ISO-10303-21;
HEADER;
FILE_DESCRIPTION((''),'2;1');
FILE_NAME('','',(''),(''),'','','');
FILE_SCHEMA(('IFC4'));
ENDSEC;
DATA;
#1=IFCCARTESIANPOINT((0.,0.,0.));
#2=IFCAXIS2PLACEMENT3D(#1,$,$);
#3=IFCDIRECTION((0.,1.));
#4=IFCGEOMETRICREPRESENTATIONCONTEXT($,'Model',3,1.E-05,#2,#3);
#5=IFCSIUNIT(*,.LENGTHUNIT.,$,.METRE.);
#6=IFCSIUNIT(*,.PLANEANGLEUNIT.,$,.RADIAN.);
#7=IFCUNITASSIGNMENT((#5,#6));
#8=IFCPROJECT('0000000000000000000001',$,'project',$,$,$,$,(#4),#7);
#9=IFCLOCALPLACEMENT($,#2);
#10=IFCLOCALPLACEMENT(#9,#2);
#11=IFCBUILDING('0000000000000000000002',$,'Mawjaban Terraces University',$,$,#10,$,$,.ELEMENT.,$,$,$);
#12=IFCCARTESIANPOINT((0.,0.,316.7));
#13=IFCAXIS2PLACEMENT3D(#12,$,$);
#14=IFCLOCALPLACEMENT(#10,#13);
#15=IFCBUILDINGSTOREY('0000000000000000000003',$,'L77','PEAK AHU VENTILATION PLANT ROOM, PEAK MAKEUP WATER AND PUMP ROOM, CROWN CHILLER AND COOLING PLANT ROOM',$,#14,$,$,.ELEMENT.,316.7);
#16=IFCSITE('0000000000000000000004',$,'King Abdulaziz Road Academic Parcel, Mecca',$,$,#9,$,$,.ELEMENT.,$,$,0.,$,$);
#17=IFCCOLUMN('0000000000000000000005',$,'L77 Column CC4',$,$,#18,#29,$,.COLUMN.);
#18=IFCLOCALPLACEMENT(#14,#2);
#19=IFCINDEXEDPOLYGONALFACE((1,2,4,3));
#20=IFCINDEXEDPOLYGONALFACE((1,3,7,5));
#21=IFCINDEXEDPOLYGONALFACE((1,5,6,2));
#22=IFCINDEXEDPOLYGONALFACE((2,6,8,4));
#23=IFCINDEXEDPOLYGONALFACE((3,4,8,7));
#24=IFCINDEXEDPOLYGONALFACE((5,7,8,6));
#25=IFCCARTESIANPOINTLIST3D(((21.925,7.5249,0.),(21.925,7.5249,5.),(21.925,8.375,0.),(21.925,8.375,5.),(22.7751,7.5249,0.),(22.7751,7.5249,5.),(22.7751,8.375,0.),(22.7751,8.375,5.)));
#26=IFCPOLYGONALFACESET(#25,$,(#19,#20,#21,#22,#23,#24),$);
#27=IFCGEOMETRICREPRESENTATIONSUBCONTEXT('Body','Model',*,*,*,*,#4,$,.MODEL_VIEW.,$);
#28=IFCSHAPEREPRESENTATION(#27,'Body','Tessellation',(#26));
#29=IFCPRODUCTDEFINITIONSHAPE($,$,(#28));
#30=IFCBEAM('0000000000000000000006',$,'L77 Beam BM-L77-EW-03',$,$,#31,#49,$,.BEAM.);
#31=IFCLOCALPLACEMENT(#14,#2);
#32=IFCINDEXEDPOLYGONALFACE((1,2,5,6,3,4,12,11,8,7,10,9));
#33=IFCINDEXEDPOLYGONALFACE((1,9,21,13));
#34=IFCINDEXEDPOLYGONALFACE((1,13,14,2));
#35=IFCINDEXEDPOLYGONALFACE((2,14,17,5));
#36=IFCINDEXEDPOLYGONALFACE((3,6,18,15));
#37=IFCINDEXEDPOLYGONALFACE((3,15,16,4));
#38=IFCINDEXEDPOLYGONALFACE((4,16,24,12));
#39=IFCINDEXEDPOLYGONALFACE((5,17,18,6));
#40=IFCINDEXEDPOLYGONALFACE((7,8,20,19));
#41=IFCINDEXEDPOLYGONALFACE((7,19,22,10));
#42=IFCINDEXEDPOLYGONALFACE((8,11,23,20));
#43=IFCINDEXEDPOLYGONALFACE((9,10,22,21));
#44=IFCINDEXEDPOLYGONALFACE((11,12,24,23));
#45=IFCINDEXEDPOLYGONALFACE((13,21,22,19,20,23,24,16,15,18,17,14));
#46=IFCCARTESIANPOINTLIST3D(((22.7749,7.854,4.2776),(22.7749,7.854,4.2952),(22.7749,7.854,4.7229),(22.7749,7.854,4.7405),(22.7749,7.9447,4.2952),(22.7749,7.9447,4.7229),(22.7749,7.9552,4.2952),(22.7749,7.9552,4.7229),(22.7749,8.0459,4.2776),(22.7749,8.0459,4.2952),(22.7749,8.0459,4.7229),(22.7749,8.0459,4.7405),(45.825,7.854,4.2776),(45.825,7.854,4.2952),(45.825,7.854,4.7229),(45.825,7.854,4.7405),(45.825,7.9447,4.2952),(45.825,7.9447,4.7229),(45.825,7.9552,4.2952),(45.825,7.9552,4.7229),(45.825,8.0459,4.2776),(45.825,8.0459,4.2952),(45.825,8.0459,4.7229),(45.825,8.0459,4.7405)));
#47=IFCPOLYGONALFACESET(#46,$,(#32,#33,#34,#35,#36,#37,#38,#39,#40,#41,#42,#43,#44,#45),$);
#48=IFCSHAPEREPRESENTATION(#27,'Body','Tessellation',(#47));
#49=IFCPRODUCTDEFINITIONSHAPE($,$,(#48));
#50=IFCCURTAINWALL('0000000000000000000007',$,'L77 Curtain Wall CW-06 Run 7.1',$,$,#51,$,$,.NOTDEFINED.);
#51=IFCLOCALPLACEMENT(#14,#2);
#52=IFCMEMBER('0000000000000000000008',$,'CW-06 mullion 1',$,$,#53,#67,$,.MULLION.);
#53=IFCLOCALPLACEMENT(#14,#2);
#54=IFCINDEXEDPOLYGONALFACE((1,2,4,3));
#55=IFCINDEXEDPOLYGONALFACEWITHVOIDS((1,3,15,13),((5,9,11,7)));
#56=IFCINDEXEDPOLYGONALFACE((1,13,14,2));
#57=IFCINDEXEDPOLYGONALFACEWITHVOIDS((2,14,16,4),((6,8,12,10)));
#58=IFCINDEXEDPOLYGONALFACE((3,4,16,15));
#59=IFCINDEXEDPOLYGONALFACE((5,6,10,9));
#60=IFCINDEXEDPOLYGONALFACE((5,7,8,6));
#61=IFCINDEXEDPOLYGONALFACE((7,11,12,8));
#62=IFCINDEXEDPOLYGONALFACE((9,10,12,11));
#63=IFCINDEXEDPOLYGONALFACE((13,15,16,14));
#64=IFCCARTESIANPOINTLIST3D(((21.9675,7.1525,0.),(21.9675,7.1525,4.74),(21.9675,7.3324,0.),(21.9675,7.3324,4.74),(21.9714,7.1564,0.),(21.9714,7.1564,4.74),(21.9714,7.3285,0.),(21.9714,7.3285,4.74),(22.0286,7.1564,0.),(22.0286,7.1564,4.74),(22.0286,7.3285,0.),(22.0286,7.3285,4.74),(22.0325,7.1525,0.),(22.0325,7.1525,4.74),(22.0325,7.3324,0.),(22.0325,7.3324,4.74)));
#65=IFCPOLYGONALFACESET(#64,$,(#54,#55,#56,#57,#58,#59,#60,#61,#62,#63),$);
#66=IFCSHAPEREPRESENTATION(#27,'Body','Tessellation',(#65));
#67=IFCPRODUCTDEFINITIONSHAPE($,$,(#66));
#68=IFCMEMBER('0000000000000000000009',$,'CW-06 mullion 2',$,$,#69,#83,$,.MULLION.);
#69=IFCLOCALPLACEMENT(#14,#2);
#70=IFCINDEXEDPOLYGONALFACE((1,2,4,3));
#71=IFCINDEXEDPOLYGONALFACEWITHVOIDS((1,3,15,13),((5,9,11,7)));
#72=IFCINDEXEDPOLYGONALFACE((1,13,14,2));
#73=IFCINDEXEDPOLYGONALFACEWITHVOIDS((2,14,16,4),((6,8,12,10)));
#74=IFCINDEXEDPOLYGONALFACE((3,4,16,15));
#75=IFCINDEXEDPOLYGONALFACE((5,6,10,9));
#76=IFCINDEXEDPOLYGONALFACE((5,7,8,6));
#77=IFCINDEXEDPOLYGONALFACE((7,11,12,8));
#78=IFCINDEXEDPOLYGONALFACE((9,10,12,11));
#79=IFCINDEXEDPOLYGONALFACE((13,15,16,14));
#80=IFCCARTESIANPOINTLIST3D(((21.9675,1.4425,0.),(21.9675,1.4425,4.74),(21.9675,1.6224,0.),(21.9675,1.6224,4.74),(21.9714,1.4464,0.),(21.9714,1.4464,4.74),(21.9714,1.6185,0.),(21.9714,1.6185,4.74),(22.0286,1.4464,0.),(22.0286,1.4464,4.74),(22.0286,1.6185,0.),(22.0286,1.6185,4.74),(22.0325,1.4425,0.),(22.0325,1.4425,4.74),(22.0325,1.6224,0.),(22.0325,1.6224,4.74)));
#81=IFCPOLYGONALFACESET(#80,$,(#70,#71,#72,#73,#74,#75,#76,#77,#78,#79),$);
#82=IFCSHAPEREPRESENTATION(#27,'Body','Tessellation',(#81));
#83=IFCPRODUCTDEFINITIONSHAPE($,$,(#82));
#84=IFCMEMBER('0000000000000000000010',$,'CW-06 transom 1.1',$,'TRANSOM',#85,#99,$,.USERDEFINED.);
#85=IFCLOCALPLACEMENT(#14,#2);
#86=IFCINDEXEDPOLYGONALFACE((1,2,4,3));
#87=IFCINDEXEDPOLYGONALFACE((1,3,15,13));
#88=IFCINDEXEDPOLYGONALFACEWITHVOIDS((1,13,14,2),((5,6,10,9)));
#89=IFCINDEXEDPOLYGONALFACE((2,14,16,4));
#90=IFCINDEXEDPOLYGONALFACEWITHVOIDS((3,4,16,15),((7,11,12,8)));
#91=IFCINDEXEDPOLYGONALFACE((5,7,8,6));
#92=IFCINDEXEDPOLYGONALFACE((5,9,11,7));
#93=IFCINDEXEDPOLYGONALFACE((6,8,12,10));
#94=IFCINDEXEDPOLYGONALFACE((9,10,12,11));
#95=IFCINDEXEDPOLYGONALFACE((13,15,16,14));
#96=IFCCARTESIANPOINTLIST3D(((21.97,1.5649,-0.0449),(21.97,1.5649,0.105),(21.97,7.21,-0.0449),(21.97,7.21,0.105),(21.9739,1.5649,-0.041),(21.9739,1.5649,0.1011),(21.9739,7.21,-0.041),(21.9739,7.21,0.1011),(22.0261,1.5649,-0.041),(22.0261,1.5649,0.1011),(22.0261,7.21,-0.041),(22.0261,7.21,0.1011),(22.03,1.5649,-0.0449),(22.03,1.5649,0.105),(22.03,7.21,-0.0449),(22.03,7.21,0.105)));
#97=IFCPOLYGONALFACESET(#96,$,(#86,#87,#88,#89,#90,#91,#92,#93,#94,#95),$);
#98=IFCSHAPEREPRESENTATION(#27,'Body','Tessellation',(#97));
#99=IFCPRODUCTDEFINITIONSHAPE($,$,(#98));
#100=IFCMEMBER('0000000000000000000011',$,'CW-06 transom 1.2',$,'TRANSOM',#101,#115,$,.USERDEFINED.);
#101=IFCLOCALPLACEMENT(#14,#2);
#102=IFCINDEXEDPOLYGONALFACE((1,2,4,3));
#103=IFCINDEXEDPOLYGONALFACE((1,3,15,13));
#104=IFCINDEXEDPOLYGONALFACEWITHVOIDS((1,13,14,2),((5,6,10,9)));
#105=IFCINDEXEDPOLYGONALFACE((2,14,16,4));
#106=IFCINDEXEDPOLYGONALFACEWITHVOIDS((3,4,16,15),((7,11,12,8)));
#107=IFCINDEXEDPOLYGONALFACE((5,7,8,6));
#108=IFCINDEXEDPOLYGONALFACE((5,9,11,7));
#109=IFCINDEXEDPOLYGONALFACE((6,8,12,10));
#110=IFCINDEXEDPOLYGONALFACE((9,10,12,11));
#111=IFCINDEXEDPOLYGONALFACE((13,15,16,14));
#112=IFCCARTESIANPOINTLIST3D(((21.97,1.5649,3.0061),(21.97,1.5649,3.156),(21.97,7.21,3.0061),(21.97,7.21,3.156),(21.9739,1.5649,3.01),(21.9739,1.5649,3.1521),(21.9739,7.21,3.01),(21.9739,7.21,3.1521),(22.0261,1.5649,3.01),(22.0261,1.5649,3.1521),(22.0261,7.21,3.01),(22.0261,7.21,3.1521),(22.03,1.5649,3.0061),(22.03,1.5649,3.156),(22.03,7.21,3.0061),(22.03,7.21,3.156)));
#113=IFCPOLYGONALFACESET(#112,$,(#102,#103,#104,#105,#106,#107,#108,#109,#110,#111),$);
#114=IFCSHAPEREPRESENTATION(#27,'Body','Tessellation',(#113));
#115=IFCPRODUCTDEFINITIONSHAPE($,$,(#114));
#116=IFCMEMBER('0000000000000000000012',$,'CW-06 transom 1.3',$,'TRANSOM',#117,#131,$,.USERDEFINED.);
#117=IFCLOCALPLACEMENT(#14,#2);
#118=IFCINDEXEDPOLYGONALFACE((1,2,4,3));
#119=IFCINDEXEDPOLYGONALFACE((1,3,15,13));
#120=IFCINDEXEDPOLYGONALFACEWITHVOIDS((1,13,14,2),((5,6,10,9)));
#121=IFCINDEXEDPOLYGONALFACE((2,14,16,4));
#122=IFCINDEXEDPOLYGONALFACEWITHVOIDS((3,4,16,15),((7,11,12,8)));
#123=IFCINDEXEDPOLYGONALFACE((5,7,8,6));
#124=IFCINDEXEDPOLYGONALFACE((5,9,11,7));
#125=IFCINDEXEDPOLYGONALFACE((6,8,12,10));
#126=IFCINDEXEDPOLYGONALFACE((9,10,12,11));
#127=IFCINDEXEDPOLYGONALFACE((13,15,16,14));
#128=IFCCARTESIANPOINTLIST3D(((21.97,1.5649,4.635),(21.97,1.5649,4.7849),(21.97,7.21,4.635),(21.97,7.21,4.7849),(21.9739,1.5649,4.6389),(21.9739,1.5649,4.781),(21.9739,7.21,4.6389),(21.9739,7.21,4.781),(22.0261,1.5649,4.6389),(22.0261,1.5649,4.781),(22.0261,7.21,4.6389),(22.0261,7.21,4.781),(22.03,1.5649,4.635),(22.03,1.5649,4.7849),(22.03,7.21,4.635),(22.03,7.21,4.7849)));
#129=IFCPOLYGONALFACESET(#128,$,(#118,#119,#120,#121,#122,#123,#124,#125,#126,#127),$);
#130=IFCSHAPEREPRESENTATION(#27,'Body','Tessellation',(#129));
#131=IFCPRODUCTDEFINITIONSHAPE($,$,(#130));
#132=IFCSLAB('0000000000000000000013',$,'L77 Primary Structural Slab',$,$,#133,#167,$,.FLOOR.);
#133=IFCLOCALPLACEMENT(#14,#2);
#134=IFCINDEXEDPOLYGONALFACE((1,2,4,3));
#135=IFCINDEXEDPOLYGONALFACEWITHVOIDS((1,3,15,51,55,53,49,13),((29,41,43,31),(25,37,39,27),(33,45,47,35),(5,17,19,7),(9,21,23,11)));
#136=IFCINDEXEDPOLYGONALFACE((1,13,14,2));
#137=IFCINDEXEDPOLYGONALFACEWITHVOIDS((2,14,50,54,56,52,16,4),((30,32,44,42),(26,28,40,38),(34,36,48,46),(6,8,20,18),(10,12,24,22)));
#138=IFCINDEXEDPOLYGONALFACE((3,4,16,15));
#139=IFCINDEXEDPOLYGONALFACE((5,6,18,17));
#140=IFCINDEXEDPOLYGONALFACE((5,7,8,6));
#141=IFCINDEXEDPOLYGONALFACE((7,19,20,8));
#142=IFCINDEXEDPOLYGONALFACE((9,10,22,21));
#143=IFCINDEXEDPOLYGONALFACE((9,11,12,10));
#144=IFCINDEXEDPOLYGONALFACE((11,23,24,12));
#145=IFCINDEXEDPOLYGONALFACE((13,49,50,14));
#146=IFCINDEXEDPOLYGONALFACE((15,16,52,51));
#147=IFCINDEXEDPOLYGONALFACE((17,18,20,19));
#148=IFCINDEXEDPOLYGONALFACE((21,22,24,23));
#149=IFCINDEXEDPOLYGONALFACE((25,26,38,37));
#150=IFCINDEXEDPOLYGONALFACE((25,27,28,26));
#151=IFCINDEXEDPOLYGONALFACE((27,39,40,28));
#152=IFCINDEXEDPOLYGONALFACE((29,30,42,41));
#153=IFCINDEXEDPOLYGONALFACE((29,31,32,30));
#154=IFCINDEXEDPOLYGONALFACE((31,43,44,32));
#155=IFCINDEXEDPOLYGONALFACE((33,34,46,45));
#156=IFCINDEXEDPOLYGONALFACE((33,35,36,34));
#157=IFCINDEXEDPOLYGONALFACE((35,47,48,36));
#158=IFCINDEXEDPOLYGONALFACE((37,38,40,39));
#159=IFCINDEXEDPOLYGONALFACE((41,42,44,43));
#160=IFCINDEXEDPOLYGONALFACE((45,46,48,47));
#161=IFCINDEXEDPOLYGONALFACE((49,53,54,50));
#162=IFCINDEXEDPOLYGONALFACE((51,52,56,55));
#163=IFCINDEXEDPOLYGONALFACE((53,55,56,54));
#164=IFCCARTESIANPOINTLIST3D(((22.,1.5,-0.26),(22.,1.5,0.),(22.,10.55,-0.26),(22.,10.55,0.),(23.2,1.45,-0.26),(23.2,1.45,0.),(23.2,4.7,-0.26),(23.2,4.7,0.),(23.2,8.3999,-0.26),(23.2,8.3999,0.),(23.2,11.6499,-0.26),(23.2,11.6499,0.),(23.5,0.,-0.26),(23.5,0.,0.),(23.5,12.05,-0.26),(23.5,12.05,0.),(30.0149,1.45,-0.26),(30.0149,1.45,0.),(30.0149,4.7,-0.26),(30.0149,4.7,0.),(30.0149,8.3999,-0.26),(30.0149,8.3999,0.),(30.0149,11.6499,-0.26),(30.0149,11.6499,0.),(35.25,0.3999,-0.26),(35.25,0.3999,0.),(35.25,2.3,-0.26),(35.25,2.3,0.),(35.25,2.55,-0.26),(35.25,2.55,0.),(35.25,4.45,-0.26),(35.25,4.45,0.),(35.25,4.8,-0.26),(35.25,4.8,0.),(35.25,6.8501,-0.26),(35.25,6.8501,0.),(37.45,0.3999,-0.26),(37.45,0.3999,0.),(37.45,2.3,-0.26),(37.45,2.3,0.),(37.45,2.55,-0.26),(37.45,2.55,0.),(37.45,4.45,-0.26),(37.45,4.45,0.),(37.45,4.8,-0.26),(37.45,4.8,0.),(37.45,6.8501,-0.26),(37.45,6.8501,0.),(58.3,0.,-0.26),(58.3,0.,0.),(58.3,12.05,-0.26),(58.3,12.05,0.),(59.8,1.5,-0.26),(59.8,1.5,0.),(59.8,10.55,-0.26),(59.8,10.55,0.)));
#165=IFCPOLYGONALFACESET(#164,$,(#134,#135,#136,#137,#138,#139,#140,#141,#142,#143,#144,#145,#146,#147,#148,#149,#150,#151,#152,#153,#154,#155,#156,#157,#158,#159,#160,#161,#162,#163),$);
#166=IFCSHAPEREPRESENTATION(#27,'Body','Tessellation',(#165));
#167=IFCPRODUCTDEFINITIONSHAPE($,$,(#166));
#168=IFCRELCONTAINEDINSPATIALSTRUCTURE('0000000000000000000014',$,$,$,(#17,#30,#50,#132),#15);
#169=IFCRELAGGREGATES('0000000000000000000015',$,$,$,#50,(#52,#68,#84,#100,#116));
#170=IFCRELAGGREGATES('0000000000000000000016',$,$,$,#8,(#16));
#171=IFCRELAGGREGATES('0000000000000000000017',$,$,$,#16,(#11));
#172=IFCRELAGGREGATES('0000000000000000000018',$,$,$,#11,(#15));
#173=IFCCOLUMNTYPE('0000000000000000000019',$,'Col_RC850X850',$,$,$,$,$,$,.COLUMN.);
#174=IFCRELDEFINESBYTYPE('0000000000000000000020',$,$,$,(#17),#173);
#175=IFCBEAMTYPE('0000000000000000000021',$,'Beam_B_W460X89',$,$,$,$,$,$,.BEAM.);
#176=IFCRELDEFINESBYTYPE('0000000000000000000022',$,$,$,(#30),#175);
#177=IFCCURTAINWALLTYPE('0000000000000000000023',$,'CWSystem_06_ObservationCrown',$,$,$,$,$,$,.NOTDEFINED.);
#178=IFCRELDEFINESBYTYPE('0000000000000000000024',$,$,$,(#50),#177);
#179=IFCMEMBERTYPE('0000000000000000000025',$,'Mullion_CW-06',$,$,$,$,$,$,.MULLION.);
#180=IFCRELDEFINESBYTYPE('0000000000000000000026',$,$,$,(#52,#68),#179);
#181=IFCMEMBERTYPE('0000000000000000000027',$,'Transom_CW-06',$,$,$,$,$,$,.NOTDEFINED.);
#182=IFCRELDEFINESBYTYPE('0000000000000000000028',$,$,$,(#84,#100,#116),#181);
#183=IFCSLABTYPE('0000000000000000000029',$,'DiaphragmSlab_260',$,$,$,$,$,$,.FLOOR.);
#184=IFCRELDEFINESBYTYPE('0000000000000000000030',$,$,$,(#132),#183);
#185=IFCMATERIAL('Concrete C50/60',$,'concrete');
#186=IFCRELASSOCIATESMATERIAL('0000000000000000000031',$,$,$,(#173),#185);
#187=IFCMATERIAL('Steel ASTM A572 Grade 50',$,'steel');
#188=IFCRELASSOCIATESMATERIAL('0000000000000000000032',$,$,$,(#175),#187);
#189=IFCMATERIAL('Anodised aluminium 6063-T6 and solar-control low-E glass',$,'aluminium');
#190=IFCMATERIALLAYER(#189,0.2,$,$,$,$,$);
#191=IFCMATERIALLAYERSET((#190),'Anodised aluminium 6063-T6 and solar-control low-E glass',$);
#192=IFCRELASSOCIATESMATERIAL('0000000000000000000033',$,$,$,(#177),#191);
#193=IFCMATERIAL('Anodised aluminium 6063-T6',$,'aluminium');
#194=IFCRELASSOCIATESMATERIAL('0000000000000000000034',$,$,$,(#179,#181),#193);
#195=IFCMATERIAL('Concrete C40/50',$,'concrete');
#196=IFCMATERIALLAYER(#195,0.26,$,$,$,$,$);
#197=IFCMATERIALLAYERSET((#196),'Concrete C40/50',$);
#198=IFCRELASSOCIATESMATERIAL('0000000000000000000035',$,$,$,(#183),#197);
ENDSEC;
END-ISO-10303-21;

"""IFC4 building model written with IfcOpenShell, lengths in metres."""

from ifc_helpers import new_model, si_unit, direction, frame, origin, origin_2d, place, context, subcontext, project, spatial, polyline, rectangle, hollow_rectangle, i_section, outline, extrude, material, layer, layer_set, material_profile, profile_set, type_object, element, aggregate, save


model = new_model("IFC4")

# Units and contexts
model_context = context("Model", 3, precision=1e-05, world=origin(), true_north=direction((0.0, 1.0)))
body_context = subcontext(model_context, "Body", "Model", "MODEL_VIEW")
ifc_project = project(units=[si_unit("LENGTHUNIT", "METRE"), si_unit("PLANEANGLEUNIT", "RADIAN")], contexts=[model_context])

# Site, building, storey
site_placement = place(None, origin())
site = spatial("IfcSite", under=ifc_project, at=site_placement, Name="King Abdulaziz Road Academic Parcel, Mecca", CompositionType="ELEMENT", RefElevation=0.0)
building_placement = place(site_placement, origin())
building = spatial("IfcBuilding", under=site, at=building_placement, Name="Mawjaban Terraces University", CompositionType="ELEMENT")
storey_placement = place(building_placement, frame((0.0, 0.0, 316.7)))
storey = spatial("IfcBuildingStorey", under=building, at=storey_placement, Name="L77", Description="PEAK AHU VENTILATION PLANT ROOM, PEAK MAKEUP WATER AND PUMP ROOM, CROWN CHILLER AND COOLING PLANT ROOM", CompositionType="ELEMENT", Elevation=316.7)

# Column
ifc_material_1 = material(Name="Concrete C50/60", Category="concrete")
ifc_material_profile_1 = material_profile(ifc_material_1, rectangle(XDim=0.8501, YDim=0.8501, at=origin_2d()), Name="RC850X850")
ifc_profile_set_1 = profile_set([ifc_material_profile_1], Name="Concrete C50/60")
column_type = type_object("IfcColumnType", Name="Col_RC850X850", PredefinedType="COLUMN", material=ifc_profile_set_1)
column_placement = place(storey_placement, frame((22.3501, 7.95, 0.0), z_axis=(0.0, 0.0, 1.0), x_axis=(1.0, 0.0, 0.0)))
element("IfcColumn", 1, at=column_placement, inside=storey, type_object=column_type, Name="L77 Column CC4", PredefinedType="COLUMN", context=body_context, shape_type="SweptSolid", body=[
    extrude(rectangle(XDim=0.8501, YDim=0.8501, at=origin_2d()), origin(), (0.0, 0.0, 1.0), 5.0),
])

# Beam
ifc_material_2 = material(Name="Steel ASTM A572 Grade 50", Category="steel")
ifc_material_profile_2 = material_profile(ifc_material_2, i_section(OverallWidth=0.1919, OverallDepth=0.4629, WebThickness=0.0105, FlangeThickness=0.0176, at=origin_2d()), Name="W460X89")
ifc_profile_set_2 = profile_set([ifc_material_profile_2], Name="Steel ASTM A572 Grade 50")
beam_type = type_object("IfcBeamType", Name="Beam_B_W460X89", PredefinedType="BEAM", material=ifc_profile_set_2)
beam_placement = place(storey_placement, frame((22.7749, 7.95, 4.509), z_axis=(1.0, 0.0, 0.0), x_axis=(0.0, 1.0, 0.0)))
element("IfcBeam", 2, at=beam_placement, inside=storey, type_object=beam_type, Name="L77 Beam BM-L77-EW-03", PredefinedType="BEAM", context=body_context, shape_type="SweptSolid", body=[
    extrude(i_section(OverallWidth=0.1919, OverallDepth=0.4629, WebThickness=0.0105, FlangeThickness=0.0176, at=origin_2d()), origin(), (0.0, 0.0, 1.0), 23.05),
])

# Curtain wall, members
ifc_material_3 = material(Name="Anodised aluminium 6063-T6 and solar-control low-E glass", Category="aluminium")
ifc_layer_1 = layer(ifc_material_3, 0.2)
ifc_layer_set_1 = layer_set([ifc_layer_1], Name="Anodised aluminium 6063-T6 and solar-control low-E glass")
curtain_wall_type = type_object("IfcCurtainWallType", Name="CWSystem_06_ObservationCrown", PredefinedType="NOTDEFINED", material=ifc_layer_set_1)
curtain_wall_placement = place(storey_placement, origin())
curtain_wall = element("IfcCurtainWall", 3, at=curtain_wall_placement, inside=storey, type_object=curtain_wall_type, Name="L77 Curtain Wall CW-06 Run 7.1", PredefinedType="NOTDEFINED")
ifc_material_4 = material(Name="Anodised aluminium 6063-T6", Category="aluminium")
ifc_material_profile_3 = material_profile(ifc_material_4, hollow_rectangle(XDim=0.0649, YDim=0.1799, WallThickness=0.0039, at=origin_2d()), Name="ALU180X65X4")
ifc_profile_set_3 = profile_set([ifc_material_profile_3], Name="Anodised aluminium 6063-T6")
member_type_1 = type_object("IfcMemberType", Name="Mullion_CW-06", PredefinedType="MULLION", material=ifc_profile_set_3)
member_1_placement = place(storey_placement, frame((22.0, 7.2424, 0.0), z_axis=(0.0, 0.0, 1.0), x_axis=(1.0, 0.0, 0.0)))
member_1 = element("IfcMember", 4, at=member_1_placement, type_object=member_type_1, Name="CW-06 mullion 1", PredefinedType="MULLION", context=body_context, shape_type="SweptSolid", body=[
    extrude(hollow_rectangle(XDim=0.0649, YDim=0.1799, WallThickness=0.0039, at=origin_2d()), origin(), (0.0, 0.0, 1.0), 4.74),
])
member_2_placement = place(storey_placement, frame((22.0, 1.5325, 0.0), z_axis=(0.0, 0.0, 1.0), x_axis=(1.0, 0.0, 0.0)))
member_2 = element("IfcMember", 5, at=member_2_placement, type_object=member_type_1, Name="CW-06 mullion 2", PredefinedType="MULLION", context=body_context, shape_type="SweptSolid", body=[
    extrude(hollow_rectangle(XDim=0.0649, YDim=0.1799, WallThickness=0.0039, at=origin_2d()), origin(), (0.0, 0.0, 1.0), 4.74),
])
ifc_material_profile_4 = material_profile(ifc_material_4, hollow_rectangle(XDim=0.0601, YDim=0.1499, WallThickness=0.0039, at=origin_2d()), Name="ALU150X60X4")
ifc_profile_set_4 = profile_set([ifc_material_profile_4], Name="Anodised aluminium 6063-T6")
member_type_2 = type_object("IfcMemberType", Name="Transom_CW-06", PredefinedType="NOTDEFINED", material=ifc_profile_set_4)
member_3_placement = place(storey_placement, frame((22.0, 7.21, 0.03), z_axis=(0.0, -1.0, 0.0), x_axis=(1.0, 0.0, 0.0)))
member_3 = element("IfcMember", 6, at=member_3_placement, type_object=member_type_2, Name="CW-06 transom 1.1", ObjectType="TRANSOM", PredefinedType="USERDEFINED", context=body_context, shape_type="SweptSolid", body=[
    extrude(hollow_rectangle(XDim=0.0601, YDim=0.1499, WallThickness=0.0039, at=origin_2d()), origin(), (0.0, 0.0, 1.0), 5.645),
])
member_4_placement = place(storey_placement, frame((22.0, 7.21, 3.0811), z_axis=(0.0, -1.0, 0.0), x_axis=(1.0, 0.0, 0.0)))
member_4 = element("IfcMember", 7, at=member_4_placement, type_object=member_type_2, Name="CW-06 transom 1.2", ObjectType="TRANSOM", PredefinedType="USERDEFINED", context=body_context, shape_type="SweptSolid", body=[
    extrude(hollow_rectangle(XDim=0.0601, YDim=0.1499, WallThickness=0.0039, at=origin_2d()), origin(), (0.0, 0.0, 1.0), 5.645),
])
member_5_placement = place(storey_placement, frame((22.0, 7.21, 4.71), z_axis=(0.0, -1.0, 0.0), x_axis=(1.0, 0.0, 0.0)))
member_5 = element("IfcMember", 8, at=member_5_placement, type_object=member_type_2, Name="CW-06 transom 1.3", ObjectType="TRANSOM", PredefinedType="USERDEFINED", context=body_context, shape_type="SweptSolid", body=[
    extrude(hollow_rectangle(XDim=0.0601, YDim=0.1499, WallThickness=0.0039, at=origin_2d()), origin(), (0.0, 0.0, 1.0), 5.645),
])

# Slab
ifc_material_5 = material(Name="Concrete C40/50", Category="concrete")
ifc_layer_2 = layer(ifc_material_5, 0.26)
ifc_layer_set_2 = layer_set([ifc_layer_2], Name="Concrete C40/50")
slab_type_1 = type_object("IfcSlabType", Name="DiaphragmSlab_260", PredefinedType="FLOOR", material=ifc_layer_set_2)
slab_1_placement = place(storey_placement, frame((0.0, 0.0, -0.26)))
element("IfcSlab", 9, at=slab_1_placement, inside=storey, type_object=slab_type_1, Name="L77 Primary Structural Slab", PredefinedType="FLOOR", context=body_context, shape_type="SweptSolid", body=[
    extrude(outline(polyline([(23.5, 0.0), (58.3, 0.0), (59.8, 1.5), (59.8, 10.55), (58.3, 12.05), (23.5, 12.05), (22.0, 10.55), (22.0, 1.5), (23.5, 0.0)]), holes=[polyline([(30.0149, 4.7), (23.2, 4.7), (23.2, 1.45), (30.0149, 1.45), (30.0149, 4.7)]), polyline([(30.0149, 11.6499), (23.2, 11.6499), (23.2, 8.3999), (30.0149, 8.3999), (30.0149, 11.6499)]), polyline([(35.25, 0.3999), (37.45, 0.3999), (37.45, 2.3), (35.25, 2.3), (35.25, 0.3999)]), polyline([(35.25, 2.55), (37.45, 2.55), (37.45, 4.45), (35.25, 4.45), (35.25, 2.55)]), polyline([(35.25, 4.8), (37.45, 4.8), (37.45, 6.8501), (35.25, 6.8501), (35.25, 4.8)])]), origin(), (0.0, 0.0, 1.0), 0.26),
])

aggregate(curtain_wall, [member_1, member_2, member_3, member_4, member_5])

save(model, "model.ifc")
